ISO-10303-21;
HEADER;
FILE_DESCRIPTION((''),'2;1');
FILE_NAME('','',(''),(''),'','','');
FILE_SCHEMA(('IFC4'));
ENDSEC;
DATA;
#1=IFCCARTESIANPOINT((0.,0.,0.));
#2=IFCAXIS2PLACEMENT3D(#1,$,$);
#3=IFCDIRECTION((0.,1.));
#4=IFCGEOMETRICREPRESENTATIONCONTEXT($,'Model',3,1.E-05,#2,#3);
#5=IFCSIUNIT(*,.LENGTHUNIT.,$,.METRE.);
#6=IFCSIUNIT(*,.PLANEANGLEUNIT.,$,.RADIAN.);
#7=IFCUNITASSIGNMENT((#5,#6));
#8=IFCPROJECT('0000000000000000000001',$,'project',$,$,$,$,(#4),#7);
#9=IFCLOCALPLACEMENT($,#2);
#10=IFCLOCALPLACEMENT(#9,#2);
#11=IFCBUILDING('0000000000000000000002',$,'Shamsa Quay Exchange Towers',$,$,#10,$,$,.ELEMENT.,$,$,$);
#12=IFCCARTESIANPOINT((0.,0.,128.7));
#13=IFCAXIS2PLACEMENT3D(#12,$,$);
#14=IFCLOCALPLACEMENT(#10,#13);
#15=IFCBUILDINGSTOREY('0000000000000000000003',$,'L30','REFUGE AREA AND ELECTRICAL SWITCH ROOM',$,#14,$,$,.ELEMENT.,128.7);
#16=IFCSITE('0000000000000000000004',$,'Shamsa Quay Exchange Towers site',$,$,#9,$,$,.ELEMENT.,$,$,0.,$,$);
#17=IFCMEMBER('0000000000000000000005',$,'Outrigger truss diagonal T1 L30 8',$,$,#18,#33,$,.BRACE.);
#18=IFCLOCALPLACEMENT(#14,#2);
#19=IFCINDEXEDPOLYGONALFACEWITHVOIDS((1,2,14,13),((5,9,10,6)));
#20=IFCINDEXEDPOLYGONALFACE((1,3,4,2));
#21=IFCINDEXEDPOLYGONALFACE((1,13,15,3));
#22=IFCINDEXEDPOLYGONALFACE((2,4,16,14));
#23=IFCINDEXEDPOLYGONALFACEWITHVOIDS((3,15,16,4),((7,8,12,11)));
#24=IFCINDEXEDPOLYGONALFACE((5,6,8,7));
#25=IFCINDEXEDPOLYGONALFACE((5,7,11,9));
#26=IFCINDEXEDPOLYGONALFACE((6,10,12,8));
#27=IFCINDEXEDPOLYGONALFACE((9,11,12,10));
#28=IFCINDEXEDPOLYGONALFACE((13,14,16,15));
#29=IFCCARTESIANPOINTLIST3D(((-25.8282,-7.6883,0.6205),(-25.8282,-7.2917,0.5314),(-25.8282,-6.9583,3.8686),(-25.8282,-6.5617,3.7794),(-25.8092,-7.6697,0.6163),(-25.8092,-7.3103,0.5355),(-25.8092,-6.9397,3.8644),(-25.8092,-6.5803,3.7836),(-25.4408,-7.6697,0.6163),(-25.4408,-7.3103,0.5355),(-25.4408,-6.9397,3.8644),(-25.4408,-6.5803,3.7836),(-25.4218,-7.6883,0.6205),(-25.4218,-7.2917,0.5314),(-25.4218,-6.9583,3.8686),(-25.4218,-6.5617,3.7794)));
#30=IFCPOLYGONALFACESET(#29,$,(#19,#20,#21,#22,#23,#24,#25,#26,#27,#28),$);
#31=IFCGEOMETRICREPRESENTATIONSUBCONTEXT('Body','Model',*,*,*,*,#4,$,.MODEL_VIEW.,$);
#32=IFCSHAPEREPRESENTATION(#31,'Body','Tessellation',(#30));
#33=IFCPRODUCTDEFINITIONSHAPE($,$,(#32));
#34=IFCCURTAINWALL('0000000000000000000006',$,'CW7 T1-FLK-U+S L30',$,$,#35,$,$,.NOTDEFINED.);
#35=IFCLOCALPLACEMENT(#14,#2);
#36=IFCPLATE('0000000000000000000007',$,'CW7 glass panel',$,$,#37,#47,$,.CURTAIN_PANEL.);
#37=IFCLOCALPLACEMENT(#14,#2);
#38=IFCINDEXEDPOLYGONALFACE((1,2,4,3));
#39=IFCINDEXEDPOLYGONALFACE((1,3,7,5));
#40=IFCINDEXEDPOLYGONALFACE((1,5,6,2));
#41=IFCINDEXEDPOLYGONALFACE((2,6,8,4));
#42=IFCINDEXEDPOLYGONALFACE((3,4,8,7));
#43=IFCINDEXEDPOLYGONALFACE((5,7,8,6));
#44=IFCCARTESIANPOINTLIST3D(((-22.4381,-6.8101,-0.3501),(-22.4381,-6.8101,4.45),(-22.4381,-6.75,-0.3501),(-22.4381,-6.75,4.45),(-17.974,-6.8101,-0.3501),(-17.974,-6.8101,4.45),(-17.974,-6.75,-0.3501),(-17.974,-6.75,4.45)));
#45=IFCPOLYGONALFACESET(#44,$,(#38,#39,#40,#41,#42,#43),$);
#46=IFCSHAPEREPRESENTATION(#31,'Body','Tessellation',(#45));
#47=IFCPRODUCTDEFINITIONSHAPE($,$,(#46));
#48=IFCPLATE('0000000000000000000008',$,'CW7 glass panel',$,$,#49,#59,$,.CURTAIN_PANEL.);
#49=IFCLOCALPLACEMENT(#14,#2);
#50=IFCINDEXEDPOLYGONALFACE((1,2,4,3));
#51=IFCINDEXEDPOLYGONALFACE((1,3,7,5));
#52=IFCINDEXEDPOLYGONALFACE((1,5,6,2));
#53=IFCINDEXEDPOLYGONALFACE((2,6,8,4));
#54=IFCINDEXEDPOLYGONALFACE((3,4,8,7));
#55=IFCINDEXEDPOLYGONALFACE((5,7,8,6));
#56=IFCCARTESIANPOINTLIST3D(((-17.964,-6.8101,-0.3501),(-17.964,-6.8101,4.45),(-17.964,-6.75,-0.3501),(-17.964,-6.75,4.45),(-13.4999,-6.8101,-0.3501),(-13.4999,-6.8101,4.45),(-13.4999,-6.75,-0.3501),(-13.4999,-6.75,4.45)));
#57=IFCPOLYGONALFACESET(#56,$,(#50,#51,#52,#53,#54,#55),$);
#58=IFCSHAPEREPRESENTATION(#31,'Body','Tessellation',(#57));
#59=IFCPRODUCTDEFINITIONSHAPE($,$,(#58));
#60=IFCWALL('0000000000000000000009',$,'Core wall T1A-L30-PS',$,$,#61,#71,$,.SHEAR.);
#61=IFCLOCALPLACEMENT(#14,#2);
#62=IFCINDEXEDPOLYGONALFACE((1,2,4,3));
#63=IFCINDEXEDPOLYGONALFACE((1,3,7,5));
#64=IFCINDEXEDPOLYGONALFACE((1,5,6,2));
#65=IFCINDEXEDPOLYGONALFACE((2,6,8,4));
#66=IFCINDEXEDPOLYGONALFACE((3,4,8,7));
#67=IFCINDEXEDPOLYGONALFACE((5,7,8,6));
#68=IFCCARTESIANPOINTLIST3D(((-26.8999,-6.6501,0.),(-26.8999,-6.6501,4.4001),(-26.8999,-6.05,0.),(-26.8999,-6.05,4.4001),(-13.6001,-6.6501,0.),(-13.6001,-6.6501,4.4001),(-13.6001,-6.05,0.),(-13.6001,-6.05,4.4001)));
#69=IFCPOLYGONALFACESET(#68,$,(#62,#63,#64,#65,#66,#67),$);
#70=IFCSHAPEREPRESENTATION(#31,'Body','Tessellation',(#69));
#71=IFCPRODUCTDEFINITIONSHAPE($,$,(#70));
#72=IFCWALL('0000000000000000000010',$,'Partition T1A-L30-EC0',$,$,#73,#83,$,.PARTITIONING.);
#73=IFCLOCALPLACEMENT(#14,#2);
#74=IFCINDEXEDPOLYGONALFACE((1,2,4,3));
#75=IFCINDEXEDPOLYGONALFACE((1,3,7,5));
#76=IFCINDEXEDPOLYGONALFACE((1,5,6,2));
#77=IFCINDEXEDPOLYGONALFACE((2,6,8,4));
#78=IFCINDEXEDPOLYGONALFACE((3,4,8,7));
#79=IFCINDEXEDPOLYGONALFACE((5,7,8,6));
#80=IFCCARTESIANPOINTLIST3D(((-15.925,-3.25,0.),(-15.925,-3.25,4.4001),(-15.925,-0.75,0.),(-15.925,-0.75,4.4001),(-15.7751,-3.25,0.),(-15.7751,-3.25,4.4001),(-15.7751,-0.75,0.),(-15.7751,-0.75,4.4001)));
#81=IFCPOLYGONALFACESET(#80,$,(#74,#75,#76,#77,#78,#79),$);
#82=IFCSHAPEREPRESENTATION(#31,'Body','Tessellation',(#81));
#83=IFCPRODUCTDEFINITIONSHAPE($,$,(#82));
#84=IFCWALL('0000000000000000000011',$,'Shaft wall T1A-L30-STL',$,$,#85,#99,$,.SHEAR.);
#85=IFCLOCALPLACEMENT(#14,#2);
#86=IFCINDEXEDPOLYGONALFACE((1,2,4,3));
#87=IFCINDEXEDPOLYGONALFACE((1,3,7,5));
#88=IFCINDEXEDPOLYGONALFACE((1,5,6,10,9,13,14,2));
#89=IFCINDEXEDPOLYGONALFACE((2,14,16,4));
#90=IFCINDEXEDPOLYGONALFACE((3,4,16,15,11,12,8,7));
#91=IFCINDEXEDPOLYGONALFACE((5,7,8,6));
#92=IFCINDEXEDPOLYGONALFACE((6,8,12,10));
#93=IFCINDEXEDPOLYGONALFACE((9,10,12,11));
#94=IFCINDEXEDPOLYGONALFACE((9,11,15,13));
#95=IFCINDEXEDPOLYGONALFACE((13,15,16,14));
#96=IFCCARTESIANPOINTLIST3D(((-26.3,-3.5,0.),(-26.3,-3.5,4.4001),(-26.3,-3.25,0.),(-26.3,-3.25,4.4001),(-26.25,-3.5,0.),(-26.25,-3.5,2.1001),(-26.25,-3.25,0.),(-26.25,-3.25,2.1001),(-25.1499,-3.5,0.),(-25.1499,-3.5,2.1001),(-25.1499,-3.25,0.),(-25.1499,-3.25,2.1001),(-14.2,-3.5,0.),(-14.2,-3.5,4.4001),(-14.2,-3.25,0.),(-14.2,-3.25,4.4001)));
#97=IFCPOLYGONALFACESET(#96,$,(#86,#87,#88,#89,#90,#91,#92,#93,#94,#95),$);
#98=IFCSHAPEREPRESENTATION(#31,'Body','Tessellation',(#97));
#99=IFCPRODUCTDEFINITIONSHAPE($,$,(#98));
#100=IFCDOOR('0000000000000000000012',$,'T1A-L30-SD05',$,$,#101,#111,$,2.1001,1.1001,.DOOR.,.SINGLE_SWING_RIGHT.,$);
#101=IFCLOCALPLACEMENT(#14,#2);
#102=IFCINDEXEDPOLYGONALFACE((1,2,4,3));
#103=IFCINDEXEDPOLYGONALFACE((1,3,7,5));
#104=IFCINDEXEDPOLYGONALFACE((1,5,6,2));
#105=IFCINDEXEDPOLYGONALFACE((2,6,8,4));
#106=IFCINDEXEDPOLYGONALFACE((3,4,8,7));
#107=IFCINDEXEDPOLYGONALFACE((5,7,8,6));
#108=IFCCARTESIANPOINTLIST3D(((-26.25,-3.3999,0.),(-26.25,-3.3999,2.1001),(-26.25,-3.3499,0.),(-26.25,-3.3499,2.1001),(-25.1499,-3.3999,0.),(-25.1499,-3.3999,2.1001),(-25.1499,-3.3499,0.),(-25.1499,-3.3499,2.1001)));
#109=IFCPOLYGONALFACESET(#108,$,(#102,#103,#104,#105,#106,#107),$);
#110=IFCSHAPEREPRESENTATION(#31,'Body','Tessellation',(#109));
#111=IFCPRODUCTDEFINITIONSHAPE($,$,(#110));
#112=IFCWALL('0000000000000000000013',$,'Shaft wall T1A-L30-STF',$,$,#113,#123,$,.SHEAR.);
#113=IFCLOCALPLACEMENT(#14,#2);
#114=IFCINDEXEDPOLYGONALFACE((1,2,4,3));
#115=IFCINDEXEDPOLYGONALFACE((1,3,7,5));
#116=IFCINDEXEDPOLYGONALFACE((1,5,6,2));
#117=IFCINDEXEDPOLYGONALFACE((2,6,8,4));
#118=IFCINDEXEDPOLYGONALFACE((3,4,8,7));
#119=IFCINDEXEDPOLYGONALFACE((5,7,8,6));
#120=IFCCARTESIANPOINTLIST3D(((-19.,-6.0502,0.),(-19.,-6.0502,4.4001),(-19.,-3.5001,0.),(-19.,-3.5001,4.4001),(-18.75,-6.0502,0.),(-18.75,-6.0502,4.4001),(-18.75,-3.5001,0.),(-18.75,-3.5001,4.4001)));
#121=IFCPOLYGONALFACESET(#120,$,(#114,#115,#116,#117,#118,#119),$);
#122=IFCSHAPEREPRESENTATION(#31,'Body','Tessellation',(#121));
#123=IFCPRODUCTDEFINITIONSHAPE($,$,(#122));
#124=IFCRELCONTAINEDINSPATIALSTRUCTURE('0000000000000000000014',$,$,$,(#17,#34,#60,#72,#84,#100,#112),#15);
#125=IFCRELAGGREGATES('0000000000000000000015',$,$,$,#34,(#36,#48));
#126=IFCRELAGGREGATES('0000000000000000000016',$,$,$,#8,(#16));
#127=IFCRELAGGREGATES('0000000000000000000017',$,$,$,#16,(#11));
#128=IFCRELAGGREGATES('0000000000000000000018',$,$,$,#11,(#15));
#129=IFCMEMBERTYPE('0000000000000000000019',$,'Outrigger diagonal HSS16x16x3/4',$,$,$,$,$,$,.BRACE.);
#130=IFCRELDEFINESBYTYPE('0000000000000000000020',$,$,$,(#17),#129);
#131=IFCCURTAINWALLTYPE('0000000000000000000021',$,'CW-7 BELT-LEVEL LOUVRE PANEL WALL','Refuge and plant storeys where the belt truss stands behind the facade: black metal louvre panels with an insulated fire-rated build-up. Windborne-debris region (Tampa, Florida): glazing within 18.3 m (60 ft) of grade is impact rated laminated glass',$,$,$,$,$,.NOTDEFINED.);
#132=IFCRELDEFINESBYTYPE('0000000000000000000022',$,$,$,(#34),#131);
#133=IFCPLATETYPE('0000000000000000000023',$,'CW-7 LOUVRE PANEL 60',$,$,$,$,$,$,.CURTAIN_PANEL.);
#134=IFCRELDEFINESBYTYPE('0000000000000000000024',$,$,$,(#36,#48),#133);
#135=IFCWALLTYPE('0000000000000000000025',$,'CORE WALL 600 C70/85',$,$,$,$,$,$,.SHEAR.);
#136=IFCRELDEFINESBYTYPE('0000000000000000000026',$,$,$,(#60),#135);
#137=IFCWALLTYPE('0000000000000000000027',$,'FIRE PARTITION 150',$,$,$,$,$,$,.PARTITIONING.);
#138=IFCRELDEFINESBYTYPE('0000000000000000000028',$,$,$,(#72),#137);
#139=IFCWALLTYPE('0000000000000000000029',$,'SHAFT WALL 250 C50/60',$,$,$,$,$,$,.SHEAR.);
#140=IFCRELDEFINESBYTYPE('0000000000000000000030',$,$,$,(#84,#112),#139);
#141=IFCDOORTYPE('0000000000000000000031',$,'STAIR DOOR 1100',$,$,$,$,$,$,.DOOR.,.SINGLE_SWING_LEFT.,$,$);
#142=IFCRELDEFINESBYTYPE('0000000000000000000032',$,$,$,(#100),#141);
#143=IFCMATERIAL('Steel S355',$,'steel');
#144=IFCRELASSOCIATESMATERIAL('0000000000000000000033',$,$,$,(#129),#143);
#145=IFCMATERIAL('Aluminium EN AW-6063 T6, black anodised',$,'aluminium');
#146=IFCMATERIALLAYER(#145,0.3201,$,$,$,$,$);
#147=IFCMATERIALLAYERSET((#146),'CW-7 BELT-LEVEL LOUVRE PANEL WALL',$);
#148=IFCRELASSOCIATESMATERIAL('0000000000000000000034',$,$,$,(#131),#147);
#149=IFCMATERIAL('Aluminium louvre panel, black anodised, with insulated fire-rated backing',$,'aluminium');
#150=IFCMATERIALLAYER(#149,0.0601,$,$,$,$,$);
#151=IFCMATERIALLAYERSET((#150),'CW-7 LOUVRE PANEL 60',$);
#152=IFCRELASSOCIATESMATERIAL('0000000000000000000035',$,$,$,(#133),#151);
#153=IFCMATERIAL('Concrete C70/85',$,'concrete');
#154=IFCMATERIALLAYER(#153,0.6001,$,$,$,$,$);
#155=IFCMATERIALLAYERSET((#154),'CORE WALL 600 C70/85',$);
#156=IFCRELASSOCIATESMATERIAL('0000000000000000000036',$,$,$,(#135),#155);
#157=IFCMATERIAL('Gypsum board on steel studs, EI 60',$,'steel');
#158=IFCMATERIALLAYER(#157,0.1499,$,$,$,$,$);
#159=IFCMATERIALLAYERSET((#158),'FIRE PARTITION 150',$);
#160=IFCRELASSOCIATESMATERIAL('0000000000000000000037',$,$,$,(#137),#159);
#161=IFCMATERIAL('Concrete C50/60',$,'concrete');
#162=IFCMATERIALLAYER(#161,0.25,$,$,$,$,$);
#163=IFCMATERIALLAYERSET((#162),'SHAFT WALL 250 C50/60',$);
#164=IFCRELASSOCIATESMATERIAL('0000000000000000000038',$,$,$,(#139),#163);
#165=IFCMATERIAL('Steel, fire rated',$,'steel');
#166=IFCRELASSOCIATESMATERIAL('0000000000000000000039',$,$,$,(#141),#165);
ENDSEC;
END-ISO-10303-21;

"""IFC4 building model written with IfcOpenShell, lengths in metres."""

from ifc_helpers import new_model, si_unit, direction, frame, frame_2d, origin, origin_2d, place, context, subcontext, project, spatial, rectangle, hollow_rectangle, extrude, material, layer, layer_set, material_profile, profile_set, type_object, element, fill, aggregate, save


model = new_model("IFC4")

# Units and contexts
model_context = context("Model", 3, precision=1e-05, world=origin(), true_north=direction((0.0, 1.0)))
body_context = subcontext(model_context, "Body", "Model", "MODEL_VIEW")
ifc_project = project(units=[si_unit("LENGTHUNIT", "METRE"), si_unit("PLANEANGLEUNIT", "RADIAN")], contexts=[model_context])

# Site, building, storey
site_placement = place(None, origin())
site = spatial("IfcSite", under=ifc_project, at=site_placement, Name="Shamsa Quay Exchange Towers site", CompositionType="ELEMENT", RefElevation=0.0)
building_placement = place(site_placement, origin())
building = spatial("IfcBuilding", under=site, at=building_placement, Name="Shamsa Quay Exchange Towers", CompositionType="ELEMENT")
storey_placement = place(building_placement, frame((0.0, 0.0, 128.7)))
storey = spatial("IfcBuildingStorey", under=building, at=storey_placement, Name="L30", Description="REFUGE AREA AND ELECTRICAL SWITCH ROOM", CompositionType="ELEMENT", Elevation=128.7)

# Member
ifc_material_1 = material(Name="Steel S355", Category="steel")
ifc_material_profile = material_profile(ifc_material_1, hollow_rectangle(XDim=0.4065, YDim=0.4065, WallThickness=0.019, at=origin_2d()), Name="HSS16x16x3/4")
ifc_profile_set = profile_set([ifc_material_profile], Name="Steel S355")
member_type = type_object("IfcMemberType", Name="Outrigger diagonal HSS16x16x3/4", PredefinedType="BRACE", material=ifc_profile_set)
member_placement = place(storey_placement, frame((-25.625, -7.49, 0.5759), z_axis=(0.0, 0.219275, 0.975663), x_axis=(-1.0, 0.0, 0.0)))
element("IfcMember", 1, at=member_placement, inside=storey, type_object=member_type, Name="Outrigger truss diagonal T1 L30 8", PredefinedType="BRACE", context=body_context, shape_type="SweptSolid", body=[
    extrude(hollow_rectangle(XDim=0.4065, YDim=0.4065, WallThickness=0.019, at=origin_2d()), origin(), (0.0, 0.0, 1.0), 3.3291),
])

# Curtain wall, plates
ifc_material_2 = material(Name="Aluminium EN AW-6063 T6, black anodised", Category="aluminium")
ifc_layer_1 = layer(ifc_material_2, 0.3201)
ifc_layer_set_1 = layer_set([ifc_layer_1], Name="CW-7 BELT-LEVEL LOUVRE PANEL WALL")
curtain_wall_type = type_object("IfcCurtainWallType", Name="CW-7 BELT-LEVEL LOUVRE PANEL WALL", Description="Refuge and plant storeys where the belt truss stands behind the facade: black metal louvre panels with an insulated fire-rated build-up. Windborne-debris region (Tampa, Florida): glazing within 18.3 m (60 ft) of grade is impact rated laminated glass", PredefinedType="NOTDEFINED", material=ifc_layer_set_1)
curtain_wall_placement = place(storey_placement, origin())
curtain_wall = element("IfcCurtainWall", 2, at=curtain_wall_placement, inside=storey, type_object=curtain_wall_type, Name="CW7 T1-FLK-U+S L30", PredefinedType="NOTDEFINED")
ifc_material_3 = material(Name="Aluminium louvre panel, black anodised, with insulated fire-rated backing", Category="aluminium")
ifc_layer_2 = layer(ifc_material_3, 0.0601)
ifc_layer_set_2 = layer_set([ifc_layer_2], Name="CW-7 LOUVRE PANEL 60")
plate_type = type_object("IfcPlateType", Name="CW-7 LOUVRE PANEL 60", PredefinedType="CURTAIN_PANEL", material=ifc_layer_set_2)
plate_1_placement = place(storey_placement, frame((-20.2061, -6.78, -0.3501)))
plate_1 = element("IfcPlate", 3, at=plate_1_placement, type_object=plate_type, Name="CW7 glass panel", PredefinedType="CURTAIN_PANEL", context=body_context, shape_type="SweptSolid", body=[
    extrude(rectangle(XDim=4.4641, YDim=0.0601, at=origin_2d()), origin(), (0.0, 0.0, 1.0), 4.8),
])
plate_2_placement = place(storey_placement, frame((-15.7319, -6.78, -0.3501)))
plate_2 = element("IfcPlate", 4, at=plate_2_placement, type_object=plate_type, Name="CW7 glass panel", PredefinedType="CURTAIN_PANEL", context=body_context, shape_type="SweptSolid", body=[
    extrude(rectangle(XDim=4.4641, YDim=0.0601, at=origin_2d()), origin(), (0.0, 0.0, 1.0), 4.8),
])
aggregate(curtain_wall, [plate_1, plate_2])

# Walls
ifc_material_4 = material(Name="Concrete C70/85", Category="concrete")
ifc_layer_3 = layer(ifc_material_4, 0.6001)
ifc_layer_set_3 = layer_set([ifc_layer_3], Name="CORE WALL 600 C70/85")
wall_type_1 = type_object("IfcWallType", Name="CORE WALL 600 C70/85", PredefinedType="SHEAR", material=ifc_layer_set_3)
wall_1_placement = place(storey_placement, frame((-26.8999, -6.3501, 0.0)))
element("IfcWall", 5, at=wall_1_placement, inside=storey, type_object=wall_type_1, Name="Core wall T1A-L30-PS", PredefinedType="SHEAR", context=body_context, shape_type="SweptSolid", body=[
    extrude(rectangle(XDim=13.2998, YDim=0.6001, at=frame_2d((6.6499, 0.0))), origin(), (0.0, 0.0, 1.0), 4.4001),
])
ifc_material_5 = material(Name="Gypsum board on steel studs, EI 60", Category="steel")
ifc_layer_4 = layer(ifc_material_5, 0.1499)
ifc_layer_set_4 = layer_set([ifc_layer_4], Name="FIRE PARTITION 150")
wall_type_2 = type_object("IfcWallType", Name="FIRE PARTITION 150", PredefinedType="PARTITIONING", material=ifc_layer_set_4)
wall_2_placement = place(storey_placement, frame((-15.8501, -3.25, 0.0), z_axis=(0.0, 0.0, 1.0), x_axis=(0.0, 1.0, 0.0)))
element("IfcWall", 6, at=wall_2_placement, inside=storey, type_object=wall_type_2, Name="Partition T1A-L30-EC0", PredefinedType="PARTITIONING", context=body_context, shape_type="SweptSolid", body=[
    extrude(rectangle(XDim=2.5, YDim=0.1499, at=frame_2d((1.25, 0.0))), origin(), (0.0, 0.0, 1.0), 4.4001),
])

# Wall, opening, door
ifc_material_6 = material(Name="Concrete C50/60", Category="concrete")
ifc_layer_5 = layer(ifc_material_6, 0.25)
ifc_layer_set_5 = layer_set([ifc_layer_5], Name="SHAFT WALL 250 C50/60")
wall_type_3 = type_object("IfcWallType", Name="SHAFT WALL 250 C50/60", PredefinedType="SHEAR", material=ifc_layer_set_5)
wall_3_placement = place(storey_placement, frame((-14.2, -3.375, 0.0), z_axis=(0.0, 0.0, 1.0), x_axis=(-1.0, 0.0, 0.0)))
wall_3 = element("IfcWall", 7, at=wall_3_placement, inside=storey, type_object=wall_type_3, Name="Shaft wall T1A-L30-STL", PredefinedType="SHEAR", context=body_context, shape_type="SweptSolid", body=[
    extrude(rectangle(XDim=12.1001, YDim=0.25, at=frame_2d((6.05, 0.0))), origin(), (0.0, 0.0, 1.0), 4.4001),
])
opening_1_placement = place(wall_3_placement, frame((10.95, 0.0, 0.0)))
opening_1 = element("IfcOpeningElement", 8, at=opening_1_placement, cuts=wall_3, PredefinedType="OPENING", context=body_context, shape_type="SweptSolid", body=[
    extrude(rectangle(XDim=1.1001, YDim=2.1001, at=frame_2d((0.55, 1.05))), frame((0.0, 0.135, 0.0), z_axis=(0.0, -1.0, 0.0), x_axis=(1.0, 0.0, 0.0)), (0.0, 0.0, 1.0), 0.27),
])
ifc_material_7 = material(Name="Steel, fire rated", Category="steel")
door_type_1 = type_object("IfcDoorType", Name="STAIR DOOR 1100", OperationType="SINGLE_SWING_LEFT", PredefinedType="DOOR", material=ifc_material_7)
door_1_placement = place(opening_1_placement, origin())
door_1 = element("IfcDoor", 9, at=door_1_placement, inside=storey, type_object=door_type_1, Name="T1A-L30-SD05", OperationType="SINGLE_SWING_RIGHT", OverallHeight=2.1001, OverallWidth=1.1001, PredefinedType="DOOR", context=body_context, shape_type="SweptSolid", body=[
    extrude(rectangle(XDim=1.1001, YDim=2.1001, at=frame_2d((0.55, 1.05))), frame((0.0, 0.0249, 0.0), z_axis=(0.0, -1.0, 0.0), x_axis=(1.0, 0.0, 0.0)), (0.0, 0.0, 1.0), 0.05),
])
fill(opening_1, door_1)

# Wall
wall_4_placement = place(storey_placement, frame((-18.875, -6.05, 0.0), z_axis=(0.0, 0.0, 1.0), x_axis=(0.0, 1.0, 0.0)))
element("IfcWall", 10, at=wall_4_placement, inside=storey, type_object=wall_type_3, Name="Shaft wall T1A-L30-STF", PredefinedType="SHEAR", context=body_context, shape_type="SweptSolid", body=[
    extrude(rectangle(XDim=2.55, YDim=0.25, at=frame_2d((1.2749, 0.0))), origin(), (0.0, 0.0, 1.0), 4.4001),
])

save(model, "model.ifc")
